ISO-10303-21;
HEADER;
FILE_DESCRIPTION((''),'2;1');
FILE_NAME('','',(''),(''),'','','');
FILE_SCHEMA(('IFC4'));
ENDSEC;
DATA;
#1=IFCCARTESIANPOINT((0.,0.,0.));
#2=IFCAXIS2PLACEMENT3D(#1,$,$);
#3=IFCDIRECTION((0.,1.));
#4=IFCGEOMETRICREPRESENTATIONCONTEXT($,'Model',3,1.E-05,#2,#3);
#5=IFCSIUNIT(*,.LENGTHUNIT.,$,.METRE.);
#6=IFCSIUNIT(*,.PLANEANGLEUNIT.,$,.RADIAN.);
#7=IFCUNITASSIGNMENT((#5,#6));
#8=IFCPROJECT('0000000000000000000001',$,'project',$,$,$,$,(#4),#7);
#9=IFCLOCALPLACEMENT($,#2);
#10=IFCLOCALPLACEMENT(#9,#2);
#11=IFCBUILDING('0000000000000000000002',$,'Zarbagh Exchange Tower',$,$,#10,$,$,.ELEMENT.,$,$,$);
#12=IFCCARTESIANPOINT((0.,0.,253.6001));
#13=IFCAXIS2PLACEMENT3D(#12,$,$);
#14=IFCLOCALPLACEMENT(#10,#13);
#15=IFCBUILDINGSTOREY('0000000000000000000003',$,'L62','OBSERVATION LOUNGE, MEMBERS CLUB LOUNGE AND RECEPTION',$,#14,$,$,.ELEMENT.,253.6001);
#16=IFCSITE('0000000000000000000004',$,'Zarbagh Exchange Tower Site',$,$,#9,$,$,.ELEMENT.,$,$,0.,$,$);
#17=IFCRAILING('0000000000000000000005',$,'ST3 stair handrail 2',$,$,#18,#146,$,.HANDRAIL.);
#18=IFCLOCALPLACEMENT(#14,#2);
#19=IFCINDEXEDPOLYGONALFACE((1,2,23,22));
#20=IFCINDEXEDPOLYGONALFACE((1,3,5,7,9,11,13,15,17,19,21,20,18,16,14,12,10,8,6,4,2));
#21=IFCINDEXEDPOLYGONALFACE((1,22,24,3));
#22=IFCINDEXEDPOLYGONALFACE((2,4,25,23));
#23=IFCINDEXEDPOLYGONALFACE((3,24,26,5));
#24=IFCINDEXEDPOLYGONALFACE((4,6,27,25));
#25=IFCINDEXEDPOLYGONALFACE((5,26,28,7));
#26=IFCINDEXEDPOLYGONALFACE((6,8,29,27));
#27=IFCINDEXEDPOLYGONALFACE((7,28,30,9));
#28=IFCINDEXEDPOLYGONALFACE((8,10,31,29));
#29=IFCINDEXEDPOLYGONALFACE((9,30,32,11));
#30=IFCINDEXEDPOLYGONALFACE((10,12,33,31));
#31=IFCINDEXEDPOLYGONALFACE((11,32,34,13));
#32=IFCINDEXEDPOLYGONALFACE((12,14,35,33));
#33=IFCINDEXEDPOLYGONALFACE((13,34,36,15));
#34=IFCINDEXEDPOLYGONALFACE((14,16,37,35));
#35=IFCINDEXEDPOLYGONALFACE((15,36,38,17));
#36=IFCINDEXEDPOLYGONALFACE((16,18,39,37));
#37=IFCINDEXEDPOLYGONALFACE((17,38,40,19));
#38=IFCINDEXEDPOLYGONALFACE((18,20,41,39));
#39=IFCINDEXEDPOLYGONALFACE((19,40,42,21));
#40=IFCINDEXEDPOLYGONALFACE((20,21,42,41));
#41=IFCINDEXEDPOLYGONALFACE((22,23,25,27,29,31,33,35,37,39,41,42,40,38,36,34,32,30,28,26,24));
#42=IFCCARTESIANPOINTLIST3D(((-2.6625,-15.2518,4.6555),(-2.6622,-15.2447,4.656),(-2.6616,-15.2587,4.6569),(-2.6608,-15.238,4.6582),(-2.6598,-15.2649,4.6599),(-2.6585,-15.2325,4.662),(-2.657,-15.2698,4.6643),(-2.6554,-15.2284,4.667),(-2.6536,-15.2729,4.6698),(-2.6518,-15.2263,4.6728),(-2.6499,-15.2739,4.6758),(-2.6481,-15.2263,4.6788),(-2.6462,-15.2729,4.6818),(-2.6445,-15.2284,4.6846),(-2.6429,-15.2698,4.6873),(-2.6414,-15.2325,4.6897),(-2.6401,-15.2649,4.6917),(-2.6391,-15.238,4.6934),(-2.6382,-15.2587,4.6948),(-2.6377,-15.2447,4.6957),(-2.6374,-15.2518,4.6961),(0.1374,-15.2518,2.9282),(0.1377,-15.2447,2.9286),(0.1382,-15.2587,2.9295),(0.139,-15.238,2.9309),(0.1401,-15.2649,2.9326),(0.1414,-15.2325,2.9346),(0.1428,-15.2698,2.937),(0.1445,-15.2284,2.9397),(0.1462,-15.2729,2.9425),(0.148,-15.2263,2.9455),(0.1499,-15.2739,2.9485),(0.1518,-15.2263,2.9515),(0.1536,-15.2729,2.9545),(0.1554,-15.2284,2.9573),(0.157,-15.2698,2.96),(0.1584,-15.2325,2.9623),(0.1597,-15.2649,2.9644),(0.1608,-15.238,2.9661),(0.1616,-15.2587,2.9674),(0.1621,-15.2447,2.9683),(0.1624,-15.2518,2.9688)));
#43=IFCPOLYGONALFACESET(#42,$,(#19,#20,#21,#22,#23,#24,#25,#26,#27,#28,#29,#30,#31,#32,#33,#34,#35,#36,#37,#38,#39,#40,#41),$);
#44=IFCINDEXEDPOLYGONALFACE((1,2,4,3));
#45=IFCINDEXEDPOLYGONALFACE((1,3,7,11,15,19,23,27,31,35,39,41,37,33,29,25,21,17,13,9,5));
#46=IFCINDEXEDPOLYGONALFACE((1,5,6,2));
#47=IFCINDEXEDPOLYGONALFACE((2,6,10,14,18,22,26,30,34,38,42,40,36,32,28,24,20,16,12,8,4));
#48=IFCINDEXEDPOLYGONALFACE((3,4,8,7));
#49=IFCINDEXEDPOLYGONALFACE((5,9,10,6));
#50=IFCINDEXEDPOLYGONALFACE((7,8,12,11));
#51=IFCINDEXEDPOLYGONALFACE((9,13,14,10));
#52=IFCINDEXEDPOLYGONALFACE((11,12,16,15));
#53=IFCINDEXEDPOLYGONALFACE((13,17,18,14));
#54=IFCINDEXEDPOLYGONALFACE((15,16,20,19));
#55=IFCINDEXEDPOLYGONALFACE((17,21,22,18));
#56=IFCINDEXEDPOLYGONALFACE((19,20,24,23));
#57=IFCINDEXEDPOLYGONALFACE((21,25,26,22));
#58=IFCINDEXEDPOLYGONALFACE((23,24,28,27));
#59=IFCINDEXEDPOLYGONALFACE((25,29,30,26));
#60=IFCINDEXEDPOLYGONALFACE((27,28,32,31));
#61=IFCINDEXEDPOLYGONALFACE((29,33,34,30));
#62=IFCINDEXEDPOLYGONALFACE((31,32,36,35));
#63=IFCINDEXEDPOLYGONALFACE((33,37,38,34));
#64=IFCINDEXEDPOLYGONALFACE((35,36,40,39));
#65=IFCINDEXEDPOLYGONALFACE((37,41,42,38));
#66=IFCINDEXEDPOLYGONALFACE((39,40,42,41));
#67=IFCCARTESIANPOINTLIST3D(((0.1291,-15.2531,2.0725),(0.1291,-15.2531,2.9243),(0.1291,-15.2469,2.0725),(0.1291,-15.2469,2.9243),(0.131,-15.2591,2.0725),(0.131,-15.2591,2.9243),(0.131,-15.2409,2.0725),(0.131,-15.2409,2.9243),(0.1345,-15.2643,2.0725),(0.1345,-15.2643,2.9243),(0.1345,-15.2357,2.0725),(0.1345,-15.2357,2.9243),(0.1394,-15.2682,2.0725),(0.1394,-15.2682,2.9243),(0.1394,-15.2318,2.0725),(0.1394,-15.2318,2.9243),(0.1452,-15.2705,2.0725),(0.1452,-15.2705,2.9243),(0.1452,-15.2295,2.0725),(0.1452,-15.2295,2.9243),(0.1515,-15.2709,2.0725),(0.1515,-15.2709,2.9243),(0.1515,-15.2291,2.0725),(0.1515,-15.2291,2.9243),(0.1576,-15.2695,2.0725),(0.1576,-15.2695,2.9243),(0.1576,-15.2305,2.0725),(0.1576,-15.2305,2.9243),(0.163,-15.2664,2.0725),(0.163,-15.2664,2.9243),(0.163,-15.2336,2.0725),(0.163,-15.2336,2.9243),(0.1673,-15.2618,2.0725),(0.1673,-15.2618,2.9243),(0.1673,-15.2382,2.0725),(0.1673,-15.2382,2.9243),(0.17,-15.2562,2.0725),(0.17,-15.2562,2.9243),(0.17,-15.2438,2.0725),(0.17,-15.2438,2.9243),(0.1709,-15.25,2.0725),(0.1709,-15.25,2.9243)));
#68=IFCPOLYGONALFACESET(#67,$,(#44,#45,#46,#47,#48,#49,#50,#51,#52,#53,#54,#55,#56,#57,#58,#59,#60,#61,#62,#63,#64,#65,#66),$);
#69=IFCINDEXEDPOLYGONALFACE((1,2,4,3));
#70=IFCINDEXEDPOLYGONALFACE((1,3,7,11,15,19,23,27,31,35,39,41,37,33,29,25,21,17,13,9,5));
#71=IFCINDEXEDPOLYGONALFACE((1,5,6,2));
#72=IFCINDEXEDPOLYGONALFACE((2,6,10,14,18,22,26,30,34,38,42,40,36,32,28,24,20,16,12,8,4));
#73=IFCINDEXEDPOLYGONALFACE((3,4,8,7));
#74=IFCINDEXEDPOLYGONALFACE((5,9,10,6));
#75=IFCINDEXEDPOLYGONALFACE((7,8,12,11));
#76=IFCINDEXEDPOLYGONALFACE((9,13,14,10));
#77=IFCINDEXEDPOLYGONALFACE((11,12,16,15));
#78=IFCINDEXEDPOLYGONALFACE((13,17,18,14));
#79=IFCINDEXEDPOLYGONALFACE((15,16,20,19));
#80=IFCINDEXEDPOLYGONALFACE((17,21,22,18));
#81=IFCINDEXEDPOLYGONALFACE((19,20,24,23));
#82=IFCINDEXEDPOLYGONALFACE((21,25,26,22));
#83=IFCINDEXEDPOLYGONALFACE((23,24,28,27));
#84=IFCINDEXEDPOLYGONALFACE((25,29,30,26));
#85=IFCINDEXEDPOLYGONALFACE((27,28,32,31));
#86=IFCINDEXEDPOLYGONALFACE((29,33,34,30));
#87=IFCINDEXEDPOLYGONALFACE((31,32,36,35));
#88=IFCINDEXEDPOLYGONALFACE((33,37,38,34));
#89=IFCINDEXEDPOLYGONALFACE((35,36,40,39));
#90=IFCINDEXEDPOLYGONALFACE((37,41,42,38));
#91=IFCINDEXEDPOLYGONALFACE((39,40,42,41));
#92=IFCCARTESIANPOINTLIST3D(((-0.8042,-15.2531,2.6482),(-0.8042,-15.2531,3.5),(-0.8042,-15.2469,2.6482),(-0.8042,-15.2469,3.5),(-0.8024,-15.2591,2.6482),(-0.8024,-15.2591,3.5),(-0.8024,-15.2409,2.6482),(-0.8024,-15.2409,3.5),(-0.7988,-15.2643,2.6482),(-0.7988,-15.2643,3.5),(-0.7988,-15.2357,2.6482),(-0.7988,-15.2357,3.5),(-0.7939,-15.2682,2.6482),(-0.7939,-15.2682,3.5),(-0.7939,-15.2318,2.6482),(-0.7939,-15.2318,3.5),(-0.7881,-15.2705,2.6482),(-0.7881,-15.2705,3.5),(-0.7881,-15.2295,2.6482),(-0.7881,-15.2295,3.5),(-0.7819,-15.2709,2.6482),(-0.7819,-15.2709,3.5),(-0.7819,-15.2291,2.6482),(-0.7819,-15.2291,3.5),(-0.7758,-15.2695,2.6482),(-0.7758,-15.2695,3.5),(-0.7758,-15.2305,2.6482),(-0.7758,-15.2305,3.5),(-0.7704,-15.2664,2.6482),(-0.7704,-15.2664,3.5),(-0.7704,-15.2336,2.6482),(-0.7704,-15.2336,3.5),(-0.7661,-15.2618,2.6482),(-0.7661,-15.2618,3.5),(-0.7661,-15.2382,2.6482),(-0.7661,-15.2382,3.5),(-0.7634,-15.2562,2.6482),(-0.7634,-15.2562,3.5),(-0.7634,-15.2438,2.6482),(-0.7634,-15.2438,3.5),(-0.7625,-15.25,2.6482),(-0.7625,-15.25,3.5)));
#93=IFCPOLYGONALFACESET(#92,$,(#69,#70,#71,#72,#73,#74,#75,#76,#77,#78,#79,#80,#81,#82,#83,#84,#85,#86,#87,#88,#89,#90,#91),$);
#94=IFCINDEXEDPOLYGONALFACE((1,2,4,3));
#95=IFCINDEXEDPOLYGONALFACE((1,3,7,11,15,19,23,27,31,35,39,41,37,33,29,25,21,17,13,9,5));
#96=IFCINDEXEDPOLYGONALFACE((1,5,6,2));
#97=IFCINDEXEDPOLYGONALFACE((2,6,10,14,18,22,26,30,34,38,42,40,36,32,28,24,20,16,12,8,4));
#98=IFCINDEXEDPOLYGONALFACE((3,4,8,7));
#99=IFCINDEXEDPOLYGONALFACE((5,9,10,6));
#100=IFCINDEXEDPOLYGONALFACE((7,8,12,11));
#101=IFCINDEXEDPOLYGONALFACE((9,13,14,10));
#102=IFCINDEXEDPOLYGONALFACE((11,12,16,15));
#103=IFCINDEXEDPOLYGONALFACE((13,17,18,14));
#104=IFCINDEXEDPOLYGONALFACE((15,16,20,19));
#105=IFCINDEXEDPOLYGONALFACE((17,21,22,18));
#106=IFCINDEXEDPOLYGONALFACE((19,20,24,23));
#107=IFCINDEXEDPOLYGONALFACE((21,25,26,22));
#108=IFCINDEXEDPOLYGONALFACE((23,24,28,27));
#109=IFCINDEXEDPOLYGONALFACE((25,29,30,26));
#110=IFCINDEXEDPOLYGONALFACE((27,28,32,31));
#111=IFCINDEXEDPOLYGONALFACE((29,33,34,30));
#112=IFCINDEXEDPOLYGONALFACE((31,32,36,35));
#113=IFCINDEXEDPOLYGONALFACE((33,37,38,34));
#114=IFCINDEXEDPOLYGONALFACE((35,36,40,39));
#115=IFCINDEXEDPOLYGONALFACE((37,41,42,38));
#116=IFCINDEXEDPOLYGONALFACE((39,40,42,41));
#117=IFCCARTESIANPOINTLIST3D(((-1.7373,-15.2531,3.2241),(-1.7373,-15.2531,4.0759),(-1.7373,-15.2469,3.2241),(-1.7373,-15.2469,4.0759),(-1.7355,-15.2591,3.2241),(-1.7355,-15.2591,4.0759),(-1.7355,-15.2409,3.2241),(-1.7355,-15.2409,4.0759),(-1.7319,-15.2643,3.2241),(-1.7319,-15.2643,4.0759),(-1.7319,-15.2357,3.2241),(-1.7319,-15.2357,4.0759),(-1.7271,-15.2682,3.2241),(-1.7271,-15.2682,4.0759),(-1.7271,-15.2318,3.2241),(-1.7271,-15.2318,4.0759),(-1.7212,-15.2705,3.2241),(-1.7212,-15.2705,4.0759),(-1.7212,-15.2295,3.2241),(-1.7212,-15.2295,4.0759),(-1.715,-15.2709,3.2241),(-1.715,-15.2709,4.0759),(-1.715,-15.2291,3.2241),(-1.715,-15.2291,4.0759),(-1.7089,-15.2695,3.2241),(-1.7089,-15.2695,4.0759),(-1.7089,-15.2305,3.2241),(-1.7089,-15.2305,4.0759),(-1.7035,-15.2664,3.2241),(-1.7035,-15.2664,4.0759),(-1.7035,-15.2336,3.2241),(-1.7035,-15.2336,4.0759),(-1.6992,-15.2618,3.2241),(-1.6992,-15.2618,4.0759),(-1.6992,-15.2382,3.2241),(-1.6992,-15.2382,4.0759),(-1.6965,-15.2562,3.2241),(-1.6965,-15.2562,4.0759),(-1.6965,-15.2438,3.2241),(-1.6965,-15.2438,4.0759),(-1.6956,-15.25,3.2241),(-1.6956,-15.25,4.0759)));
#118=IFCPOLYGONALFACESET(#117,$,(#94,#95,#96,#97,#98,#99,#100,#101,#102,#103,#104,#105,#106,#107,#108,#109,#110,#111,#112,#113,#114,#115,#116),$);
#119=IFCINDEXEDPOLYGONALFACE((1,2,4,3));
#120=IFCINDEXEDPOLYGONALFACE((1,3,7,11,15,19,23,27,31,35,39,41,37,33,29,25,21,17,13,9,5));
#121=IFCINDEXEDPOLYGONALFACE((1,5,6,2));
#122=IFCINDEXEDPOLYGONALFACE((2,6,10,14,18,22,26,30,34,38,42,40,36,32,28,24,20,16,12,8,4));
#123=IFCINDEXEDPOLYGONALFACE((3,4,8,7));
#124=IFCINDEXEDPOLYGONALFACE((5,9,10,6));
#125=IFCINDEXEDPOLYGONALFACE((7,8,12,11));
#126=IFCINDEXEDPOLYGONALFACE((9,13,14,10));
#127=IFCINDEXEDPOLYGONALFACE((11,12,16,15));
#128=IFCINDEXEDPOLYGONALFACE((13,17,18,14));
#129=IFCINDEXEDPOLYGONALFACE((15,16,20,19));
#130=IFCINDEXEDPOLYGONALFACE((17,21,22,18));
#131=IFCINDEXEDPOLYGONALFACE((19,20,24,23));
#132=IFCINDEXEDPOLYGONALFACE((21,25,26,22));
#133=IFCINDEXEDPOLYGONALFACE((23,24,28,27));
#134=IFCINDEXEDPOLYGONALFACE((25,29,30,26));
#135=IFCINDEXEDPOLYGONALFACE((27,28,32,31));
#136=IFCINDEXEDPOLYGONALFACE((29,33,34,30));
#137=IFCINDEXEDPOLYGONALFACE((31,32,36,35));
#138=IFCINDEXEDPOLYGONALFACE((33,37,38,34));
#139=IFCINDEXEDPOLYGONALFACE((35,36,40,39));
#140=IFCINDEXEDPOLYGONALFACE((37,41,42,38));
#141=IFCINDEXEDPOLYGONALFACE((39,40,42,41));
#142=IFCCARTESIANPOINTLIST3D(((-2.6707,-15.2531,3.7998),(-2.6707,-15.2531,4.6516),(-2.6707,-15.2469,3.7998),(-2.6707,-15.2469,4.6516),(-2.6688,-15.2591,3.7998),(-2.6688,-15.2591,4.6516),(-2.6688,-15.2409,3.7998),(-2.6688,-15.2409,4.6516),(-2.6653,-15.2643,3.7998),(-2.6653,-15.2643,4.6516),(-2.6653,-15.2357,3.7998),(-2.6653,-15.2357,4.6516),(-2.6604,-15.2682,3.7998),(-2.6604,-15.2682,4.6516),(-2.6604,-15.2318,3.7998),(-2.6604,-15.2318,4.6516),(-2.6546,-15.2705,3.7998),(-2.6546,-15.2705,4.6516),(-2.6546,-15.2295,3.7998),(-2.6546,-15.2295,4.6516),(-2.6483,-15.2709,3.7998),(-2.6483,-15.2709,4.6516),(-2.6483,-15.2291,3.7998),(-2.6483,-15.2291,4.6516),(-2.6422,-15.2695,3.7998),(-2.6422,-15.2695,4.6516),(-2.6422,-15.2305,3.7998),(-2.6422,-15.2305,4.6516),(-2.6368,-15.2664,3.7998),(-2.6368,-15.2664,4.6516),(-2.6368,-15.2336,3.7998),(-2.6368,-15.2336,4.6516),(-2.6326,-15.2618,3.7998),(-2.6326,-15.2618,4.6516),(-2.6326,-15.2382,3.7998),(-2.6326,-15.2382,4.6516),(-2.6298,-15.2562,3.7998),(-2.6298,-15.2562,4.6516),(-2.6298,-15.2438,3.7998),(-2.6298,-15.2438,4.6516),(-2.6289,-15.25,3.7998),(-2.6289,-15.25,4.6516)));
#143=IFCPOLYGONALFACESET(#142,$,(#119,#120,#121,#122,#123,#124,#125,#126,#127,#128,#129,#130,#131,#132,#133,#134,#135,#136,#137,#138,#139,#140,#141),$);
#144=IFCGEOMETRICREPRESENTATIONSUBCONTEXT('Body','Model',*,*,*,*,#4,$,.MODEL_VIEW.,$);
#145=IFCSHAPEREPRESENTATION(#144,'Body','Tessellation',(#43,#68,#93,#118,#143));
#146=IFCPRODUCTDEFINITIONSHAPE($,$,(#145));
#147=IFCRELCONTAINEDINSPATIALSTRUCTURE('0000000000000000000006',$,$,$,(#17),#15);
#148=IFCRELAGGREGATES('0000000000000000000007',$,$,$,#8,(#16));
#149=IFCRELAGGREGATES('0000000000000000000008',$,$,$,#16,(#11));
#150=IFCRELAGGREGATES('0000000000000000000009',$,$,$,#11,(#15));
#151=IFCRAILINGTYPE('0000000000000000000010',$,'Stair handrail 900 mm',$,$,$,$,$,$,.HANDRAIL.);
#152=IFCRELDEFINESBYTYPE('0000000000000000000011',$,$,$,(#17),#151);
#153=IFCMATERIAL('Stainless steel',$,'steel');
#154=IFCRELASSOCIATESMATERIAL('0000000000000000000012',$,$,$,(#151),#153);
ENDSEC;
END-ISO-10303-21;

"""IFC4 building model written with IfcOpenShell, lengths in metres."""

from ifc_helpers import new_model, si_unit, direction, frame, origin, origin_2d, place, context, subcontext, project, spatial, circle, extrude, material, type_object, element, save


model = new_model("IFC4")

# Units and contexts
model_context = context("Model", 3, precision=1e-05, world=origin(), true_north=direction((0.0, 1.0)))
body_context = subcontext(model_context, "Body", "Model", "MODEL_VIEW")
ifc_project = project(units=[si_unit("LENGTHUNIT", "METRE"), si_unit("PLANEANGLEUNIT", "RADIAN")], contexts=[model_context])

# Site, building, storey
site_placement = place(None, origin())
site = spatial("IfcSite", under=ifc_project, at=site_placement, Name="Zarbagh Exchange Tower Site", CompositionType="ELEMENT", RefElevation=0.0)
building_placement = place(site_placement, origin())
building = spatial("IfcBuilding", under=site, at=building_placement, Name="Zarbagh Exchange Tower", CompositionType="ELEMENT")
storey_placement = place(building_placement, frame((0.0, 0.0, 253.6001)))
storey = spatial("IfcBuildingStorey", under=building, at=storey_placement, Name="L62", Description="OBSERVATION LOUNGE, MEMBERS CLUB LOUNGE AND RECEPTION", CompositionType="ELEMENT", Elevation=253.6001)

# Shared definitions
ifc_material_1 = material(Name="Stainless steel", Category="steel")

# Railing
railing_type = type_object("IfcRailingType", Name="Stair handrail 900 mm", PredefinedType="HANDRAIL", material=ifc_material_1)
railing_placement = place(storey_placement, frame((0.1499, -15.25, 2.0725)))
element("IfcRailing", 1, at=railing_placement, inside=storey, type_object=railing_type, Name="ST3 stair handrail 2", PredefinedType="HANDRAIL", context=body_context, shape_type="SweptSolid", body=[
    extrude(circle(Radius=0.0239, at=origin_2d()), frame((0.0, 0.0, 0.876), z_axis=(-0.851069, 0.0, 0.525054), x_axis=(0.0, -1.0, 0.0)), (0.0, 0.0, 1.0), 3.2898),
    extrude(circle(Radius=0.021, at=origin_2d()), origin(), (0.0, 0.0, 1.0), 0.8518),
    extrude(circle(Radius=0.021, at=origin_2d()), frame((-0.9333, 0.0, 0.5757)), (0.0, 0.0, 1.0), 0.8518),
    extrude(circle(Radius=0.021, at=origin_2d()), frame((-1.8665, 0.0, 1.1516)), (0.0, 0.0, 1.0), 0.8518),
    extrude(circle(Radius=0.021, at=origin_2d()), frame((-2.7998, 0.0, 1.7273)), (0.0, 0.0, 1.0), 0.8518),
])

save(model, "model.ifc")
